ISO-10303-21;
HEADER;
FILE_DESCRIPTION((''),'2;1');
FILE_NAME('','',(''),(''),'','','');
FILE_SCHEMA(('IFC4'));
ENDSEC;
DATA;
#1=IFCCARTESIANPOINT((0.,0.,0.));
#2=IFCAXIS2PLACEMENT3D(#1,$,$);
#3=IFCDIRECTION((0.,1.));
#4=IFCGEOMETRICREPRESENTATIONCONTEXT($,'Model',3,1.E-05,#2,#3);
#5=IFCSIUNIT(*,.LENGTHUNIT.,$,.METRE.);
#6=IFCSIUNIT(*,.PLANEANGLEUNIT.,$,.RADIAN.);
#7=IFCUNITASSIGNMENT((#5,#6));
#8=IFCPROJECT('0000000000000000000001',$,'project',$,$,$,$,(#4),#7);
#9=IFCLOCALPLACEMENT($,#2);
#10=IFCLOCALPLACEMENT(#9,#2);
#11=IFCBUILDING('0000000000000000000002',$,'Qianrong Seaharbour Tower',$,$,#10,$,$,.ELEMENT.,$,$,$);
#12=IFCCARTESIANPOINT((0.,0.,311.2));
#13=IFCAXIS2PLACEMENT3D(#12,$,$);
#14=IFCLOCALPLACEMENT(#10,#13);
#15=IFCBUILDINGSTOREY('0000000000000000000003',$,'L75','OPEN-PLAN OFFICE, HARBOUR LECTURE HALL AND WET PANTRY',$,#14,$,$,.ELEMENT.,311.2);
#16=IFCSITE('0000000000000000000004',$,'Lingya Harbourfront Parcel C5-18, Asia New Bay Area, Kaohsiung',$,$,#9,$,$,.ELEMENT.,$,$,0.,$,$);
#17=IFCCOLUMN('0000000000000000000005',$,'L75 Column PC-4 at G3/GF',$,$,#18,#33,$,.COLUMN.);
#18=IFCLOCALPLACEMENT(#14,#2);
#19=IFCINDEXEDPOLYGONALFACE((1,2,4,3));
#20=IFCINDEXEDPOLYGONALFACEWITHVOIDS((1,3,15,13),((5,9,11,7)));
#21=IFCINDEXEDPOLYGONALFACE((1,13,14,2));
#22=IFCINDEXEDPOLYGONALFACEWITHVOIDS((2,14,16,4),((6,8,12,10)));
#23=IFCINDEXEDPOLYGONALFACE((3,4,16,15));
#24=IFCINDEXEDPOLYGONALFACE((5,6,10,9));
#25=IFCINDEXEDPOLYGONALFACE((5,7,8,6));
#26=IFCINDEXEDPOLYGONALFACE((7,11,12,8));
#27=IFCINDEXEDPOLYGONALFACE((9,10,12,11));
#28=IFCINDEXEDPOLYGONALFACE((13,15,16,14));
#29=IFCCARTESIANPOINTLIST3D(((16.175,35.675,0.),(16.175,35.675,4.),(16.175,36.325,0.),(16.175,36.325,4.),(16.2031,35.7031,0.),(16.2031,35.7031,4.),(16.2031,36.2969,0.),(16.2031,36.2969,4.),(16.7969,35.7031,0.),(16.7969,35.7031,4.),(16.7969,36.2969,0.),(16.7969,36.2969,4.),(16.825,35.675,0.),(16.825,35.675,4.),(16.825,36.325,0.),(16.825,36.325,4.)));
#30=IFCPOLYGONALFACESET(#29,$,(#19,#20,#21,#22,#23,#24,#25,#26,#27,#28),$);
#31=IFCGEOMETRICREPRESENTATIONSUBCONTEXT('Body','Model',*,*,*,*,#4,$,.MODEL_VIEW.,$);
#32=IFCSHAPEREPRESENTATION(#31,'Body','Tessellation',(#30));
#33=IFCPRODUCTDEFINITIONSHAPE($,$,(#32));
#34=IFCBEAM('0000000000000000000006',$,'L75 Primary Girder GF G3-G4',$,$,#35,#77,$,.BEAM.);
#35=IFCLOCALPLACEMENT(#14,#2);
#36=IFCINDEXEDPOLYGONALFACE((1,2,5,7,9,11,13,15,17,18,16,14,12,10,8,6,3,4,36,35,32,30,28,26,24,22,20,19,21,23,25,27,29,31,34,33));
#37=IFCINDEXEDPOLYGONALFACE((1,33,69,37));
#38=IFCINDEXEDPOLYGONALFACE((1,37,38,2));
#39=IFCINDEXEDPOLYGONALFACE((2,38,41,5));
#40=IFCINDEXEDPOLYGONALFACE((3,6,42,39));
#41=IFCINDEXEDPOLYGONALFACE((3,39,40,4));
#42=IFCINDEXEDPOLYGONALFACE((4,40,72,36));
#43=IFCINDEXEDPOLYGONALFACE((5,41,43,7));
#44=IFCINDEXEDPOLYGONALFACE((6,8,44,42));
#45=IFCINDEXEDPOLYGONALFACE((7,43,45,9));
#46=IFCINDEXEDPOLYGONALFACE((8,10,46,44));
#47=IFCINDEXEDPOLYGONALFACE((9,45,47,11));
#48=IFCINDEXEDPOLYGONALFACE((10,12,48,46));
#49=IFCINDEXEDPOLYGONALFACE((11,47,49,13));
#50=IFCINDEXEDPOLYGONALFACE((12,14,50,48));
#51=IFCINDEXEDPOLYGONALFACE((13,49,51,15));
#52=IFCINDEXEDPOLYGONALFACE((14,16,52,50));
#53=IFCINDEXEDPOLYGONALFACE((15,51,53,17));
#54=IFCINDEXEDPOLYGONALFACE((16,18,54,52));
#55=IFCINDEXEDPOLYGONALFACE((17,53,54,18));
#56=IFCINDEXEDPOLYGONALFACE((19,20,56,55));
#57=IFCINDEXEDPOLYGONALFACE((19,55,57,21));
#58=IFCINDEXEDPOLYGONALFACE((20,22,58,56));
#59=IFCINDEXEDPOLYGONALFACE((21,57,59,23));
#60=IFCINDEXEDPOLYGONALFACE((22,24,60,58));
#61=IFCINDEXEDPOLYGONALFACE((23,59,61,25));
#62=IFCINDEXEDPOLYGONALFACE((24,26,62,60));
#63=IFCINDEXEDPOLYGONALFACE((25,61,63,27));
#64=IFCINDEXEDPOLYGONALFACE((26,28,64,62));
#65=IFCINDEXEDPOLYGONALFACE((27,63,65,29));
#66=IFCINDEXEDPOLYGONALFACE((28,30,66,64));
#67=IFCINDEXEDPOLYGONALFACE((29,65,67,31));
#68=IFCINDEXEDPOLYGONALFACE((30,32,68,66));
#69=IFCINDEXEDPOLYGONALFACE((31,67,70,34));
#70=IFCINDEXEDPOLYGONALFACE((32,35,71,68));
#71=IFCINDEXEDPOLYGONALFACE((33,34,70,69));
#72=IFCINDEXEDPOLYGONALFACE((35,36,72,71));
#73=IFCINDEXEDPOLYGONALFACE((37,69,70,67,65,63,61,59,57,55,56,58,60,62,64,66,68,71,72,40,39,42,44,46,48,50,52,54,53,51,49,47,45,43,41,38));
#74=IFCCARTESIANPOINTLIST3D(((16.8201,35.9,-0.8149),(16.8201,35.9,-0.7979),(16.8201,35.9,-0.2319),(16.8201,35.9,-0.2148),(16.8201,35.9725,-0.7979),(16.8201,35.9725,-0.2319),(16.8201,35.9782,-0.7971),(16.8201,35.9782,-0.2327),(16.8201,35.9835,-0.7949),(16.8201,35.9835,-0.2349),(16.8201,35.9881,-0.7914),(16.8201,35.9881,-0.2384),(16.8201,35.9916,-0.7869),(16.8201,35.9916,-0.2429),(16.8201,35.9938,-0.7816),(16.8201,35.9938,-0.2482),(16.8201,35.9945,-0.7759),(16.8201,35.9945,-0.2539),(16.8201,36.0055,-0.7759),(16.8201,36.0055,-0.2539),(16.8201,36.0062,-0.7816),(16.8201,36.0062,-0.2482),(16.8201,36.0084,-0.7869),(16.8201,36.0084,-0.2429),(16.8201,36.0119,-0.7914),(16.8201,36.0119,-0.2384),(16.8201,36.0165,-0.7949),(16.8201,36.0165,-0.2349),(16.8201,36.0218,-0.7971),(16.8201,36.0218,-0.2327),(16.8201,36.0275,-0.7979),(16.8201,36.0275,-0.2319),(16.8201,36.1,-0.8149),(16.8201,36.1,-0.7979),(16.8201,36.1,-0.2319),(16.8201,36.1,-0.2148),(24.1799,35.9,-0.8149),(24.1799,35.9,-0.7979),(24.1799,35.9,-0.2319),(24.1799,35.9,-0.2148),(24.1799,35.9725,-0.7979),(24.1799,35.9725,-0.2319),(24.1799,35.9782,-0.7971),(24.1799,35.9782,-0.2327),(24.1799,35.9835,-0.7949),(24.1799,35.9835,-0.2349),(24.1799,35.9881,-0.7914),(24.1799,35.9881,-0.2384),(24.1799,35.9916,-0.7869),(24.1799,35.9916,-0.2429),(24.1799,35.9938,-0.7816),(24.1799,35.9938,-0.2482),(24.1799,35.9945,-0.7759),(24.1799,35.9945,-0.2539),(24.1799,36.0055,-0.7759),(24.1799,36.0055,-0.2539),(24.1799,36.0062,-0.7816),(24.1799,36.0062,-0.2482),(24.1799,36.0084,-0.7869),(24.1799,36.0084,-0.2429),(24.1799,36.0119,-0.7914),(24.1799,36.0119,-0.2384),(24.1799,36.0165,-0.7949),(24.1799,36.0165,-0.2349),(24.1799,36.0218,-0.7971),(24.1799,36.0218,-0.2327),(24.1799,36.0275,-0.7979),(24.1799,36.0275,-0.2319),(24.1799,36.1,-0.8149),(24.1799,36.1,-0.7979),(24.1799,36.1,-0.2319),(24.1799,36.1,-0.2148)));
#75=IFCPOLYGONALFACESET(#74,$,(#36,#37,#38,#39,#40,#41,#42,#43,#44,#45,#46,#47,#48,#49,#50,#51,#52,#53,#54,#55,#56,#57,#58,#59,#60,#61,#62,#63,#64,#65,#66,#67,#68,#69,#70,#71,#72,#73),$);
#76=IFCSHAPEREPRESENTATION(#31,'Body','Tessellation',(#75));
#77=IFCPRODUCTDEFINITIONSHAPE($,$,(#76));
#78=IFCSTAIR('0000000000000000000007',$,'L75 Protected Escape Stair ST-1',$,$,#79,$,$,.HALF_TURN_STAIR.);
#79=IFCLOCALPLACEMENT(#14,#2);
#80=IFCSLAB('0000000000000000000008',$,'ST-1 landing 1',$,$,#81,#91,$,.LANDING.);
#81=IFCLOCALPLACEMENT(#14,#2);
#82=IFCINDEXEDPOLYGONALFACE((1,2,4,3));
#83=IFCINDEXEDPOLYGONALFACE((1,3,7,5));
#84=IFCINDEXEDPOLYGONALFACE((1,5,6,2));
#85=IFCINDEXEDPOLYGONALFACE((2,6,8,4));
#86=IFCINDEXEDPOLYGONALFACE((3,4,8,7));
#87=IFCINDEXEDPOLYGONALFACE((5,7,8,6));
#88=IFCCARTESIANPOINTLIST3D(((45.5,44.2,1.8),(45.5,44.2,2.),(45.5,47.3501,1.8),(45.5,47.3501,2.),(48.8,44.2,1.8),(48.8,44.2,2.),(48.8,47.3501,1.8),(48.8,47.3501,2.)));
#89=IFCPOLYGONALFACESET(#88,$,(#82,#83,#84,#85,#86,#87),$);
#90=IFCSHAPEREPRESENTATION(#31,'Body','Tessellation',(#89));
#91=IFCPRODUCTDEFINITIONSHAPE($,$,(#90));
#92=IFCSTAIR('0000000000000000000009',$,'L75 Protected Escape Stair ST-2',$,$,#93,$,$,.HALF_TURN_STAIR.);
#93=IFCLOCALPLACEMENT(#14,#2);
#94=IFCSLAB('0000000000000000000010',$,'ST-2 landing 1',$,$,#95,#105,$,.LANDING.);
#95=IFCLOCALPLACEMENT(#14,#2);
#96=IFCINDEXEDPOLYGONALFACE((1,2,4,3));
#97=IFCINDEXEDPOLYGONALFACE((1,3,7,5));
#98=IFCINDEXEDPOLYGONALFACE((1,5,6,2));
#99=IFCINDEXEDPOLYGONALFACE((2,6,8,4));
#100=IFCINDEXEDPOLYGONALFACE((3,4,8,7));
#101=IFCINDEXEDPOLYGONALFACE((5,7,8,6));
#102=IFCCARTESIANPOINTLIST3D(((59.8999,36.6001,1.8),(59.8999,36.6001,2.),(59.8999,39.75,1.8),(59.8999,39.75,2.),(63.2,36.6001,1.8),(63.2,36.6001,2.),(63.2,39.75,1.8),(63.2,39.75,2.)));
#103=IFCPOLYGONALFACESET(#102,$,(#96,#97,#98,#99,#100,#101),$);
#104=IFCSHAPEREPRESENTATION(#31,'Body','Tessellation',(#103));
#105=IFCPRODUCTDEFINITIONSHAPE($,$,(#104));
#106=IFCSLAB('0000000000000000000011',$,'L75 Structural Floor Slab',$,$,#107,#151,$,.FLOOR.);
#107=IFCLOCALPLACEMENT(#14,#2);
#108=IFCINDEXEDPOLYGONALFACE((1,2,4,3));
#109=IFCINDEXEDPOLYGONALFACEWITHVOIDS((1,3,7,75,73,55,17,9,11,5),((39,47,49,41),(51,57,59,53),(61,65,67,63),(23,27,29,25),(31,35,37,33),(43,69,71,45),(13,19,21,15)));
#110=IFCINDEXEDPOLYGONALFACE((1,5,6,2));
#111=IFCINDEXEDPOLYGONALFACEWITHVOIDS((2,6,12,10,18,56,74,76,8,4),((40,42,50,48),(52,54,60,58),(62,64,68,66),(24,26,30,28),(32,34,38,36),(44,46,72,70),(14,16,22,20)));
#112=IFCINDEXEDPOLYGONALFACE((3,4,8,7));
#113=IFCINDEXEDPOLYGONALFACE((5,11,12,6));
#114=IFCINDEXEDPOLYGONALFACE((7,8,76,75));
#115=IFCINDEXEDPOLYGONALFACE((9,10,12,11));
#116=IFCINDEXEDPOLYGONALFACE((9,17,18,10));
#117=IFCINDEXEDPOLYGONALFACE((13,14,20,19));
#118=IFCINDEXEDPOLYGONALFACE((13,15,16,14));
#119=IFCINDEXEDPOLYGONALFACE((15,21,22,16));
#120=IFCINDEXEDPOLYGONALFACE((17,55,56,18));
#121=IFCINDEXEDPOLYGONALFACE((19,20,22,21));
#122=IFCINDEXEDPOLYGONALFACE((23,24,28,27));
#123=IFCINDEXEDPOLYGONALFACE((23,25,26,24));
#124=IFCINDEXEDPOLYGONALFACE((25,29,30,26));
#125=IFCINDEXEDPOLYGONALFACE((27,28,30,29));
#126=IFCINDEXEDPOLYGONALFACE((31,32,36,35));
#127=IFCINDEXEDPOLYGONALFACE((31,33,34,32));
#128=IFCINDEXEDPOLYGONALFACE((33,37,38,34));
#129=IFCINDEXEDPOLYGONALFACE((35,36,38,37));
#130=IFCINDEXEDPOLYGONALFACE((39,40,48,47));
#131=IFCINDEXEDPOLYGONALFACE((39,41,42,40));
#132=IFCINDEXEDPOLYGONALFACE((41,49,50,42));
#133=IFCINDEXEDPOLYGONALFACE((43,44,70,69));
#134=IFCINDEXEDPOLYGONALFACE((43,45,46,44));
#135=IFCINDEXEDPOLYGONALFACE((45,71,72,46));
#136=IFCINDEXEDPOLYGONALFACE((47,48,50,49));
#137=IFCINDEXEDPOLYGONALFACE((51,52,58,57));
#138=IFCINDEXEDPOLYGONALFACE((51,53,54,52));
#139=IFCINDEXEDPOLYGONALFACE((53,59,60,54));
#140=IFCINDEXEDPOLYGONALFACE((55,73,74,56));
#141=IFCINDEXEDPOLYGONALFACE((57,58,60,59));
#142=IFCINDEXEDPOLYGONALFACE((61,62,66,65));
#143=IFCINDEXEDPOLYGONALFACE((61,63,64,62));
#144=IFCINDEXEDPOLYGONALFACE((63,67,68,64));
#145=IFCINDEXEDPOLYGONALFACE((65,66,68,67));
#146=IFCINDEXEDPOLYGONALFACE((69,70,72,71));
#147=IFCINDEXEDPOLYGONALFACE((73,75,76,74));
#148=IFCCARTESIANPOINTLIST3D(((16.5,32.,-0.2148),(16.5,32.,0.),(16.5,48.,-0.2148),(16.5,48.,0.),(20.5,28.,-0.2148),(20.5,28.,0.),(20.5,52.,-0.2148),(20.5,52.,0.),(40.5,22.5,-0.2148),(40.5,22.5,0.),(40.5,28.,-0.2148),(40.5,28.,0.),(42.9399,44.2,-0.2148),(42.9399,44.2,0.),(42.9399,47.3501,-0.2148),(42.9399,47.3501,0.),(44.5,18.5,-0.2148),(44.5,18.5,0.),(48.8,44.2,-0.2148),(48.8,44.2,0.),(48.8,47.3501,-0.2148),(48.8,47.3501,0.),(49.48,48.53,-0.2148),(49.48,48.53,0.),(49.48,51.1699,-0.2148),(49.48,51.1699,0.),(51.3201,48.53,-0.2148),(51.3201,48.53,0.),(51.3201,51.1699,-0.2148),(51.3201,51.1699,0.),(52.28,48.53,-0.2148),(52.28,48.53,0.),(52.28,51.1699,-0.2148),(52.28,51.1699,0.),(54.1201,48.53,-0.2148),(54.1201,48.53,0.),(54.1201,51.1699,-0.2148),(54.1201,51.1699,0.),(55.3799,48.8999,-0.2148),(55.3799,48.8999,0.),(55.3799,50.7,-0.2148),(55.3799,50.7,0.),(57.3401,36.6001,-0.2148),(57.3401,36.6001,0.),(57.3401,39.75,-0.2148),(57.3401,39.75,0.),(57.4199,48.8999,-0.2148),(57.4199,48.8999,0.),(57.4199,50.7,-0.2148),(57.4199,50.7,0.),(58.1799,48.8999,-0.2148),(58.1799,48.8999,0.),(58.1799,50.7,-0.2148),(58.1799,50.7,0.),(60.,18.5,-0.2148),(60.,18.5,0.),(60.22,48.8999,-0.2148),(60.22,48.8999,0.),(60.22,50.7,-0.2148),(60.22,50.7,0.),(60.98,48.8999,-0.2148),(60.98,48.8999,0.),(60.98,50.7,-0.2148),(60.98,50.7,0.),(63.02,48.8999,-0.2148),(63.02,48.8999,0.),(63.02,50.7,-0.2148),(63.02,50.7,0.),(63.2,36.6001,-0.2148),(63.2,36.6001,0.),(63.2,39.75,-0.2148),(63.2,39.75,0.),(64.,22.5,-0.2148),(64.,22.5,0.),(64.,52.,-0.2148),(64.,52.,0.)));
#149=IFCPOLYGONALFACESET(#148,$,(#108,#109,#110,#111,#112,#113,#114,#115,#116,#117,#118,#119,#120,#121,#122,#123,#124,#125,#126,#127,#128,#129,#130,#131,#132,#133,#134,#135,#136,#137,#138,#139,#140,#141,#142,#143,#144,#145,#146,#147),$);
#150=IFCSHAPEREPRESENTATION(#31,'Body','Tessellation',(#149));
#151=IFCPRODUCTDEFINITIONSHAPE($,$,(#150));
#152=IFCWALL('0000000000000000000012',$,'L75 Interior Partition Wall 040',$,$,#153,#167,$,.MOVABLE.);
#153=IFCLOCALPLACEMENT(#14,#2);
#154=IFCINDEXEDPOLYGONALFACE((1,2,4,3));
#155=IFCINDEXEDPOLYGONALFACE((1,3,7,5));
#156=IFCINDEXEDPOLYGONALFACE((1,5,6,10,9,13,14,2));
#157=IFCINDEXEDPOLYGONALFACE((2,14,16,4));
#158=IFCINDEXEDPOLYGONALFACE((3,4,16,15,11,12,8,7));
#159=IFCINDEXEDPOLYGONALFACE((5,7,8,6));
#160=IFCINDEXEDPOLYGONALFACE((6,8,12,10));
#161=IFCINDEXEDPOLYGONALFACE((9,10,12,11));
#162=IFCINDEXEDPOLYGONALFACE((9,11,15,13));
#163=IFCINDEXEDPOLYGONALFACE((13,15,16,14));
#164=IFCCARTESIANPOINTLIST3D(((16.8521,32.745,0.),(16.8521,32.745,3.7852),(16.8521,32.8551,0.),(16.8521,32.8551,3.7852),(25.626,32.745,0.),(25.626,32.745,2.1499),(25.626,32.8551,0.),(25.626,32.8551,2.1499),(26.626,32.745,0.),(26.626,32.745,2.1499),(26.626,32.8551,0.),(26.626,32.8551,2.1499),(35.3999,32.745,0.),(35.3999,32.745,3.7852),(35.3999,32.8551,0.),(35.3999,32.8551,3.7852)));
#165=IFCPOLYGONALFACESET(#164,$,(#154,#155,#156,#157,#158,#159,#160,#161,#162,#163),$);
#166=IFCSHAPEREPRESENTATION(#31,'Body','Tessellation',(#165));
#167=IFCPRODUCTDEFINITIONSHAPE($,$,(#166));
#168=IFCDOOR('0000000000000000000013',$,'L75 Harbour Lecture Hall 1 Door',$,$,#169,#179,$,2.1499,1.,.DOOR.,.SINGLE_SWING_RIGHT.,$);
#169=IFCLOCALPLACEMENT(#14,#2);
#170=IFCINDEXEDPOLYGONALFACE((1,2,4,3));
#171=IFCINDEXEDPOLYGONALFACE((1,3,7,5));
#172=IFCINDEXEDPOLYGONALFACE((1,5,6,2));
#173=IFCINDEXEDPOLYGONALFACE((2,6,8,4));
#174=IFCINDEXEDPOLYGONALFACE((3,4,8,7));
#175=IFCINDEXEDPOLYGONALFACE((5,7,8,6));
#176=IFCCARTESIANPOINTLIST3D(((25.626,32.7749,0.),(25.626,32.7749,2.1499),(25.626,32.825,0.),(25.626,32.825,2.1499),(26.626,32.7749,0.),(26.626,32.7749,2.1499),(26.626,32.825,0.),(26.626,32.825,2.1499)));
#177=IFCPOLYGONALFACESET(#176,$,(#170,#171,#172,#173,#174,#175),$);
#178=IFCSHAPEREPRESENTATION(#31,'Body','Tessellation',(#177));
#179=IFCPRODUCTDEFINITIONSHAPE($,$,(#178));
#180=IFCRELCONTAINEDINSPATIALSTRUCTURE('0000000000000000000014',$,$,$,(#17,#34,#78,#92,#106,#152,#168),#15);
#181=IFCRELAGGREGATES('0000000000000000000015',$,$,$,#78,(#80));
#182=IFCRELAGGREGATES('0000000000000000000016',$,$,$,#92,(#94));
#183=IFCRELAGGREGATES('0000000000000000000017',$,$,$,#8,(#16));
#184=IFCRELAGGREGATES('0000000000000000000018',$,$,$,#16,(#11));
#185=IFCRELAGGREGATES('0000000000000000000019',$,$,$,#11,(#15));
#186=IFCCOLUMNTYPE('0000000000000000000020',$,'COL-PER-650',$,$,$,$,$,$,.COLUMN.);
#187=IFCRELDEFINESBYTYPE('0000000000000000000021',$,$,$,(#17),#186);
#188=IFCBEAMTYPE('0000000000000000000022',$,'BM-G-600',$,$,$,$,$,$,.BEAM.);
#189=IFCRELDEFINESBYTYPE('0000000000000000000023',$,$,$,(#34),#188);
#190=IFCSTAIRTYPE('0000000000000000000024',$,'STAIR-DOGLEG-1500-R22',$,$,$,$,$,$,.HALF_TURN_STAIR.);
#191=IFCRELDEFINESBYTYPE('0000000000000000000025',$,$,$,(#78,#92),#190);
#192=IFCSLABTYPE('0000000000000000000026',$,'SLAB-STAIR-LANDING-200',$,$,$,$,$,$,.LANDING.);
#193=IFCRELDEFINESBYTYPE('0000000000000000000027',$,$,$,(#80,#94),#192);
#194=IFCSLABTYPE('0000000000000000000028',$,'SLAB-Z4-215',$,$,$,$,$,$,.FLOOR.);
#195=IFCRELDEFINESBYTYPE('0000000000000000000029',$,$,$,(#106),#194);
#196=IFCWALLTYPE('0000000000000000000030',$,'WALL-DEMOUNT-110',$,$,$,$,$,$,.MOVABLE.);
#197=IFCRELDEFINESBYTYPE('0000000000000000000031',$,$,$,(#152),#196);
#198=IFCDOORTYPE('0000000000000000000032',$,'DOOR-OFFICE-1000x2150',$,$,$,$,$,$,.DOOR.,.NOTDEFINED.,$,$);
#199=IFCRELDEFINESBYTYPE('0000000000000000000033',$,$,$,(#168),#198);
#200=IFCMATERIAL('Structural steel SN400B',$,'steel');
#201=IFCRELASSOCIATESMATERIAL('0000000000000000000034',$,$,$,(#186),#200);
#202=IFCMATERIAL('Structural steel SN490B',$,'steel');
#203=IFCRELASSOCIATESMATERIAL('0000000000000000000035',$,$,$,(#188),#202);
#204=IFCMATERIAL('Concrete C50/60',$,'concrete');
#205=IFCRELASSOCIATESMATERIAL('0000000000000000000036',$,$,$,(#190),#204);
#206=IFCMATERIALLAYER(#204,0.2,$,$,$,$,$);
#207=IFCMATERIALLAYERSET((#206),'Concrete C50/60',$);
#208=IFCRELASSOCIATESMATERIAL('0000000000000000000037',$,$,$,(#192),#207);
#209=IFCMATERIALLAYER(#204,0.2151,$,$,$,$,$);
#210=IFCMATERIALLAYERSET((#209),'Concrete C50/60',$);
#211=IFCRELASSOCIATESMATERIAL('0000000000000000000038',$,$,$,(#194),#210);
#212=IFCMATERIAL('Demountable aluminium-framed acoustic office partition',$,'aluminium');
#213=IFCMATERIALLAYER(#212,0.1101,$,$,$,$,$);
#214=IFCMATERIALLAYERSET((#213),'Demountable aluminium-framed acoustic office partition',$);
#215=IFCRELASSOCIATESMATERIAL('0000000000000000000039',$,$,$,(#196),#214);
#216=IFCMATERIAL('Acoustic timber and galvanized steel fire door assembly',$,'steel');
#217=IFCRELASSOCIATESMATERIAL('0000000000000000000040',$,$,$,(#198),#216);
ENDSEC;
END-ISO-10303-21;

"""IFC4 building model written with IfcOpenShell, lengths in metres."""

from ifc_helpers import new_model, si_unit, direction, frame, frame_2d, origin, origin_2d, place, context, subcontext, project, spatial, polyline, rectangle, hollow_rectangle, i_section, outline, extrude, material, layer, layer_set, material_profile, profile_set, type_object, element, fill, aggregate, save


model = new_model("IFC4")

# Units and contexts
model_context = context("Model", 3, precision=1e-05, world=origin(), true_north=direction((0.0, 1.0)))
body_context = subcontext(model_context, "Body", "Model", "MODEL_VIEW")
ifc_project = project(units=[si_unit("LENGTHUNIT", "METRE"), si_unit("PLANEANGLEUNIT", "RADIAN")], contexts=[model_context])

# Site, building, storey
site_placement = place(None, origin())
site = spatial("IfcSite", under=ifc_project, at=site_placement, Name="Lingya Harbourfront Parcel C5-18, Asia New Bay Area, Kaohsiung", CompositionType="ELEMENT", RefElevation=0.0)
building_placement = place(site_placement, origin())
building = spatial("IfcBuilding", under=site, at=building_placement, Name="Qianrong Seaharbour Tower", CompositionType="ELEMENT")
storey_placement = place(building_placement, frame((0.0, 0.0, 311.2)))
storey = spatial("IfcBuildingStorey", under=building, at=storey_placement, Name="L75", Description="OPEN-PLAN OFFICE, HARBOUR LECTURE HALL AND WET PANTRY", CompositionType="ELEMENT", Elevation=311.2)

# Column
ifc_material_1 = material(Name="Structural steel SN400B", Category="steel")
ifc_material_profile_1 = material_profile(ifc_material_1, hollow_rectangle(XDim=0.6499, YDim=0.6499, WallThickness=0.0281, at=origin_2d()), Name="BOX650x650x28")
ifc_profile_set_1 = profile_set([ifc_material_profile_1], Name="Structural steel SN400B")
column_type = type_object("IfcColumnType", Name="COL-PER-650", PredefinedType="COLUMN", material=ifc_profile_set_1)
column_placement = place(storey_placement, frame((16.5, 36.0, 0.0), z_axis=(0.0, 0.0, 1.0), x_axis=(1.0, 0.0, 0.0)))
element("IfcColumn", 1, at=column_placement, inside=storey, type_object=column_type, Name="L75 Column PC-4 at G3/GF", PredefinedType="COLUMN", context=body_context, shape_type="SweptSolid", body=[
    extrude(hollow_rectangle(XDim=0.6499, YDim=0.6499, WallThickness=0.0281, at=origin_2d()), origin(), (0.0, 0.0, 1.0), 4.0),
])

# Beam
ifc_material_2 = material(Name="Structural steel SN490B", Category="steel")
ifc_material_profile_2 = material_profile(ifc_material_2, i_section(OverallWidth=0.2, OverallDepth=0.6001, WebThickness=0.011, FlangeThickness=0.0171, FilletRadius=0.022, at=origin_2d()), Name="H600x200x11x17")
ifc_profile_set_2 = profile_set([ifc_material_profile_2], Name="Structural steel SN490B")
beam_type = type_object("IfcBeamType", Name="BM-G-600", PredefinedType="BEAM", material=ifc_profile_set_2)
beam_placement = place(storey_placement, frame((16.8201, 36.0, -0.5149), z_axis=(1.0, 0.0, 0.0), x_axis=(0.0, 1.0, 0.0)))
element("IfcBeam", 2, at=beam_placement, inside=storey, type_object=beam_type, Name="L75 Primary Girder GF G3-G4", PredefinedType="BEAM", context=body_context, shape_type="SweptSolid", body=[
    extrude(i_section(OverallWidth=0.2, OverallDepth=0.6001, WebThickness=0.011, FlangeThickness=0.0171, FilletRadius=0.022, at=origin_2d()), origin(), (0.0, 0.0, 1.0), 7.3599),
])

# Stairs, slabs
ifc_material_3 = material(Name="Concrete C50/60", Category="concrete")
stair_type = type_object("IfcStairType", Name="STAIR-DOGLEG-1500-R22", PredefinedType="HALF_TURN_STAIR", material=ifc_material_3)
stair_1_placement = place(storey_placement, origin())
stair_1 = element("IfcStair", 3, at=stair_1_placement, inside=storey, type_object=stair_type, Name="L75 Protected Escape Stair ST-1", PredefinedType="HALF_TURN_STAIR")
ifc_layer_1 = layer(ifc_material_3, 0.2)
ifc_layer_set_1 = layer_set([ifc_layer_1], Name="Concrete C50/60")
slab_type_1 = type_object("IfcSlabType", Name="SLAB-STAIR-LANDING-200", PredefinedType="LANDING", material=ifc_layer_set_1)
slab_1_placement = place(storey_placement, frame((0.0, 0.0, 1.8)))
slab_1 = element("IfcSlab", 4, at=slab_1_placement, type_object=slab_type_1, Name="ST-1 landing 1", PredefinedType="LANDING", context=body_context, shape_type="SweptSolid", body=[
    extrude(outline(polyline([(45.5, 44.2), (48.8, 44.2), (48.8, 47.3501), (45.5, 47.3501), (45.5, 44.2)])), origin(), (0.0, 0.0, 1.0), 0.2),
])
aggregate(stair_1, [slab_1])
stair_2_placement = place(storey_placement, origin())
stair_2 = element("IfcStair", 5, at=stair_2_placement, inside=storey, type_object=stair_type, Name="L75 Protected Escape Stair ST-2", PredefinedType="HALF_TURN_STAIR")
slab_2_placement = place(storey_placement, frame((0.0, 0.0, 1.8)))
slab_2 = element("IfcSlab", 6, at=slab_2_placement, type_object=slab_type_1, Name="ST-2 landing 1", PredefinedType="LANDING", context=body_context, shape_type="SweptSolid", body=[
    extrude(outline(polyline([(59.8999, 36.6001), (63.2, 36.6001), (63.2, 39.75), (59.8999, 39.75), (59.8999, 36.6001)])), origin(), (0.0, 0.0, 1.0), 0.2),
])
aggregate(stair_2, [slab_2])

# Slab
ifc_layer_2 = layer(ifc_material_3, 0.2151)
ifc_layer_set_2 = layer_set([ifc_layer_2], Name="Concrete C50/60")
slab_type_2 = type_object("IfcSlabType", Name="SLAB-Z4-215", PredefinedType="FLOOR", material=ifc_layer_set_2)
slab_3_placement = place(storey_placement, frame((0.0, 0.0, -0.2148)))
element("IfcSlab", 7, at=slab_3_placement, inside=storey, type_object=slab_type_2, Name="L75 Structural Floor Slab", PredefinedType="FLOOR", context=body_context, shape_type="SweptSolid", body=[
    extrude(outline(polyline([(44.5, 18.5), (60.0, 18.5), (64.0, 22.5), (64.0, 52.0), (20.5, 52.0), (16.5, 48.0), (16.5, 32.0), (20.5, 28.0), (40.5, 28.0), (40.5, 22.5), (44.5, 18.5)]), holes=[polyline([(42.9399, 44.2), (42.9399, 47.3501), (48.8, 47.3501), (48.8, 44.2), (42.9399, 44.2)]), polyline([(57.3401, 36.6001), (57.3401, 39.75), (63.2, 39.75), (63.2, 36.6001), (57.3401, 36.6001)]), polyline([(49.48, 48.53), (49.48, 51.1699), (51.3201, 51.1699), (51.3201, 48.53), (49.48, 48.53)]), polyline([(52.28, 48.53), (52.28, 51.1699), (54.1201, 51.1699), (54.1201, 48.53), (52.28, 48.53)]), polyline([(55.3799, 48.8999), (55.3799, 50.7), (57.4199, 50.7), (57.4199, 48.8999), (55.3799, 48.8999)]), polyline([(58.1799, 48.8999), (58.1799, 50.7), (60.22, 50.7), (60.22, 48.8999), (58.1799, 48.8999)]), polyline([(60.98, 48.8999), (60.98, 50.7), (63.02, 50.7), (63.02, 48.8999), (60.98, 48.8999)])]), origin(), (0.0, 0.0, 1.0), 0.2148),
])

# Wall, opening, door
ifc_material_4 = material(Name="Demountable aluminium-framed acoustic office partition", Category="aluminium")
ifc_layer_3 = layer(ifc_material_4, 0.1101)
ifc_layer_set_3 = layer_set([ifc_layer_3], Name="Demountable aluminium-framed acoustic office partition")
wall_type_1 = type_object("IfcWallType", Name="WALL-DEMOUNT-110", PredefinedType="MOVABLE", material=ifc_layer_set_3)
wall_1_placement = place(storey_placement, frame((16.8521, 32.8, 0.0), z_axis=(0.0, 0.0, 1.0), x_axis=(1.0, 0.0, 0.0)))
wall_1 = element("IfcWall", 8, at=wall_1_placement, inside=storey, type_object=wall_type_1, Name="L75 Interior Partition Wall 040", PredefinedType="MOVABLE", context=body_context, shape_type="SweptSolid", body=[
    extrude(rectangle(XDim=18.5479, YDim=0.1101, at=frame_2d((9.2739, 0.0))), origin(), (0.0, 0.0, 1.0), 3.7852),
])
opening_1_placement = place(wall_1_placement, frame((8.7739, 0.0, 0.0)))
opening_1 = element("IfcOpeningElement", 9, at=opening_1_placement, cuts=wall_1, PredefinedType="OPENING", context=body_context, shape_type="SweptSolid", body=[
    extrude(rectangle(XDim=1.0, YDim=2.1499, at=frame_2d((0.5, 1.075))), frame((0.0, 0.0649, 0.0), z_axis=(0.0, -1.0, 0.0), x_axis=(1.0, 0.0, 0.0)), (0.0, 0.0, 1.0), 0.1301),
])
ifc_material_5 = material(Name="Acoustic timber and galvanized steel fire door assembly", Category="steel")
door_type = type_object("IfcDoorType", Name="DOOR-OFFICE-1000x2150", OperationType="NOTDEFINED", PredefinedType="DOOR", material=ifc_material_5)
door_placement = place(opening_1_placement, origin())
door = element("IfcDoor", 10, at=door_placement, inside=storey, type_object=door_type, Name="L75 Harbour Lecture Hall 1 Door", OperationType="SINGLE_SWING_RIGHT", OverallHeight=2.1499, OverallWidth=1.0, PredefinedType="DOOR", context=body_context, shape_type="SweptSolid", body=[
    extrude(rectangle(XDim=1.0, YDim=2.1499, at=frame_2d((0.5, 1.075))), frame((0.0, 0.0249, 0.0), z_axis=(0.0, -1.0, 0.0), x_axis=(1.0, 0.0, 0.0)), (0.0, 0.0, 1.0), 0.05),
])
fill(opening_1, door)

save(model, "model.ifc")
